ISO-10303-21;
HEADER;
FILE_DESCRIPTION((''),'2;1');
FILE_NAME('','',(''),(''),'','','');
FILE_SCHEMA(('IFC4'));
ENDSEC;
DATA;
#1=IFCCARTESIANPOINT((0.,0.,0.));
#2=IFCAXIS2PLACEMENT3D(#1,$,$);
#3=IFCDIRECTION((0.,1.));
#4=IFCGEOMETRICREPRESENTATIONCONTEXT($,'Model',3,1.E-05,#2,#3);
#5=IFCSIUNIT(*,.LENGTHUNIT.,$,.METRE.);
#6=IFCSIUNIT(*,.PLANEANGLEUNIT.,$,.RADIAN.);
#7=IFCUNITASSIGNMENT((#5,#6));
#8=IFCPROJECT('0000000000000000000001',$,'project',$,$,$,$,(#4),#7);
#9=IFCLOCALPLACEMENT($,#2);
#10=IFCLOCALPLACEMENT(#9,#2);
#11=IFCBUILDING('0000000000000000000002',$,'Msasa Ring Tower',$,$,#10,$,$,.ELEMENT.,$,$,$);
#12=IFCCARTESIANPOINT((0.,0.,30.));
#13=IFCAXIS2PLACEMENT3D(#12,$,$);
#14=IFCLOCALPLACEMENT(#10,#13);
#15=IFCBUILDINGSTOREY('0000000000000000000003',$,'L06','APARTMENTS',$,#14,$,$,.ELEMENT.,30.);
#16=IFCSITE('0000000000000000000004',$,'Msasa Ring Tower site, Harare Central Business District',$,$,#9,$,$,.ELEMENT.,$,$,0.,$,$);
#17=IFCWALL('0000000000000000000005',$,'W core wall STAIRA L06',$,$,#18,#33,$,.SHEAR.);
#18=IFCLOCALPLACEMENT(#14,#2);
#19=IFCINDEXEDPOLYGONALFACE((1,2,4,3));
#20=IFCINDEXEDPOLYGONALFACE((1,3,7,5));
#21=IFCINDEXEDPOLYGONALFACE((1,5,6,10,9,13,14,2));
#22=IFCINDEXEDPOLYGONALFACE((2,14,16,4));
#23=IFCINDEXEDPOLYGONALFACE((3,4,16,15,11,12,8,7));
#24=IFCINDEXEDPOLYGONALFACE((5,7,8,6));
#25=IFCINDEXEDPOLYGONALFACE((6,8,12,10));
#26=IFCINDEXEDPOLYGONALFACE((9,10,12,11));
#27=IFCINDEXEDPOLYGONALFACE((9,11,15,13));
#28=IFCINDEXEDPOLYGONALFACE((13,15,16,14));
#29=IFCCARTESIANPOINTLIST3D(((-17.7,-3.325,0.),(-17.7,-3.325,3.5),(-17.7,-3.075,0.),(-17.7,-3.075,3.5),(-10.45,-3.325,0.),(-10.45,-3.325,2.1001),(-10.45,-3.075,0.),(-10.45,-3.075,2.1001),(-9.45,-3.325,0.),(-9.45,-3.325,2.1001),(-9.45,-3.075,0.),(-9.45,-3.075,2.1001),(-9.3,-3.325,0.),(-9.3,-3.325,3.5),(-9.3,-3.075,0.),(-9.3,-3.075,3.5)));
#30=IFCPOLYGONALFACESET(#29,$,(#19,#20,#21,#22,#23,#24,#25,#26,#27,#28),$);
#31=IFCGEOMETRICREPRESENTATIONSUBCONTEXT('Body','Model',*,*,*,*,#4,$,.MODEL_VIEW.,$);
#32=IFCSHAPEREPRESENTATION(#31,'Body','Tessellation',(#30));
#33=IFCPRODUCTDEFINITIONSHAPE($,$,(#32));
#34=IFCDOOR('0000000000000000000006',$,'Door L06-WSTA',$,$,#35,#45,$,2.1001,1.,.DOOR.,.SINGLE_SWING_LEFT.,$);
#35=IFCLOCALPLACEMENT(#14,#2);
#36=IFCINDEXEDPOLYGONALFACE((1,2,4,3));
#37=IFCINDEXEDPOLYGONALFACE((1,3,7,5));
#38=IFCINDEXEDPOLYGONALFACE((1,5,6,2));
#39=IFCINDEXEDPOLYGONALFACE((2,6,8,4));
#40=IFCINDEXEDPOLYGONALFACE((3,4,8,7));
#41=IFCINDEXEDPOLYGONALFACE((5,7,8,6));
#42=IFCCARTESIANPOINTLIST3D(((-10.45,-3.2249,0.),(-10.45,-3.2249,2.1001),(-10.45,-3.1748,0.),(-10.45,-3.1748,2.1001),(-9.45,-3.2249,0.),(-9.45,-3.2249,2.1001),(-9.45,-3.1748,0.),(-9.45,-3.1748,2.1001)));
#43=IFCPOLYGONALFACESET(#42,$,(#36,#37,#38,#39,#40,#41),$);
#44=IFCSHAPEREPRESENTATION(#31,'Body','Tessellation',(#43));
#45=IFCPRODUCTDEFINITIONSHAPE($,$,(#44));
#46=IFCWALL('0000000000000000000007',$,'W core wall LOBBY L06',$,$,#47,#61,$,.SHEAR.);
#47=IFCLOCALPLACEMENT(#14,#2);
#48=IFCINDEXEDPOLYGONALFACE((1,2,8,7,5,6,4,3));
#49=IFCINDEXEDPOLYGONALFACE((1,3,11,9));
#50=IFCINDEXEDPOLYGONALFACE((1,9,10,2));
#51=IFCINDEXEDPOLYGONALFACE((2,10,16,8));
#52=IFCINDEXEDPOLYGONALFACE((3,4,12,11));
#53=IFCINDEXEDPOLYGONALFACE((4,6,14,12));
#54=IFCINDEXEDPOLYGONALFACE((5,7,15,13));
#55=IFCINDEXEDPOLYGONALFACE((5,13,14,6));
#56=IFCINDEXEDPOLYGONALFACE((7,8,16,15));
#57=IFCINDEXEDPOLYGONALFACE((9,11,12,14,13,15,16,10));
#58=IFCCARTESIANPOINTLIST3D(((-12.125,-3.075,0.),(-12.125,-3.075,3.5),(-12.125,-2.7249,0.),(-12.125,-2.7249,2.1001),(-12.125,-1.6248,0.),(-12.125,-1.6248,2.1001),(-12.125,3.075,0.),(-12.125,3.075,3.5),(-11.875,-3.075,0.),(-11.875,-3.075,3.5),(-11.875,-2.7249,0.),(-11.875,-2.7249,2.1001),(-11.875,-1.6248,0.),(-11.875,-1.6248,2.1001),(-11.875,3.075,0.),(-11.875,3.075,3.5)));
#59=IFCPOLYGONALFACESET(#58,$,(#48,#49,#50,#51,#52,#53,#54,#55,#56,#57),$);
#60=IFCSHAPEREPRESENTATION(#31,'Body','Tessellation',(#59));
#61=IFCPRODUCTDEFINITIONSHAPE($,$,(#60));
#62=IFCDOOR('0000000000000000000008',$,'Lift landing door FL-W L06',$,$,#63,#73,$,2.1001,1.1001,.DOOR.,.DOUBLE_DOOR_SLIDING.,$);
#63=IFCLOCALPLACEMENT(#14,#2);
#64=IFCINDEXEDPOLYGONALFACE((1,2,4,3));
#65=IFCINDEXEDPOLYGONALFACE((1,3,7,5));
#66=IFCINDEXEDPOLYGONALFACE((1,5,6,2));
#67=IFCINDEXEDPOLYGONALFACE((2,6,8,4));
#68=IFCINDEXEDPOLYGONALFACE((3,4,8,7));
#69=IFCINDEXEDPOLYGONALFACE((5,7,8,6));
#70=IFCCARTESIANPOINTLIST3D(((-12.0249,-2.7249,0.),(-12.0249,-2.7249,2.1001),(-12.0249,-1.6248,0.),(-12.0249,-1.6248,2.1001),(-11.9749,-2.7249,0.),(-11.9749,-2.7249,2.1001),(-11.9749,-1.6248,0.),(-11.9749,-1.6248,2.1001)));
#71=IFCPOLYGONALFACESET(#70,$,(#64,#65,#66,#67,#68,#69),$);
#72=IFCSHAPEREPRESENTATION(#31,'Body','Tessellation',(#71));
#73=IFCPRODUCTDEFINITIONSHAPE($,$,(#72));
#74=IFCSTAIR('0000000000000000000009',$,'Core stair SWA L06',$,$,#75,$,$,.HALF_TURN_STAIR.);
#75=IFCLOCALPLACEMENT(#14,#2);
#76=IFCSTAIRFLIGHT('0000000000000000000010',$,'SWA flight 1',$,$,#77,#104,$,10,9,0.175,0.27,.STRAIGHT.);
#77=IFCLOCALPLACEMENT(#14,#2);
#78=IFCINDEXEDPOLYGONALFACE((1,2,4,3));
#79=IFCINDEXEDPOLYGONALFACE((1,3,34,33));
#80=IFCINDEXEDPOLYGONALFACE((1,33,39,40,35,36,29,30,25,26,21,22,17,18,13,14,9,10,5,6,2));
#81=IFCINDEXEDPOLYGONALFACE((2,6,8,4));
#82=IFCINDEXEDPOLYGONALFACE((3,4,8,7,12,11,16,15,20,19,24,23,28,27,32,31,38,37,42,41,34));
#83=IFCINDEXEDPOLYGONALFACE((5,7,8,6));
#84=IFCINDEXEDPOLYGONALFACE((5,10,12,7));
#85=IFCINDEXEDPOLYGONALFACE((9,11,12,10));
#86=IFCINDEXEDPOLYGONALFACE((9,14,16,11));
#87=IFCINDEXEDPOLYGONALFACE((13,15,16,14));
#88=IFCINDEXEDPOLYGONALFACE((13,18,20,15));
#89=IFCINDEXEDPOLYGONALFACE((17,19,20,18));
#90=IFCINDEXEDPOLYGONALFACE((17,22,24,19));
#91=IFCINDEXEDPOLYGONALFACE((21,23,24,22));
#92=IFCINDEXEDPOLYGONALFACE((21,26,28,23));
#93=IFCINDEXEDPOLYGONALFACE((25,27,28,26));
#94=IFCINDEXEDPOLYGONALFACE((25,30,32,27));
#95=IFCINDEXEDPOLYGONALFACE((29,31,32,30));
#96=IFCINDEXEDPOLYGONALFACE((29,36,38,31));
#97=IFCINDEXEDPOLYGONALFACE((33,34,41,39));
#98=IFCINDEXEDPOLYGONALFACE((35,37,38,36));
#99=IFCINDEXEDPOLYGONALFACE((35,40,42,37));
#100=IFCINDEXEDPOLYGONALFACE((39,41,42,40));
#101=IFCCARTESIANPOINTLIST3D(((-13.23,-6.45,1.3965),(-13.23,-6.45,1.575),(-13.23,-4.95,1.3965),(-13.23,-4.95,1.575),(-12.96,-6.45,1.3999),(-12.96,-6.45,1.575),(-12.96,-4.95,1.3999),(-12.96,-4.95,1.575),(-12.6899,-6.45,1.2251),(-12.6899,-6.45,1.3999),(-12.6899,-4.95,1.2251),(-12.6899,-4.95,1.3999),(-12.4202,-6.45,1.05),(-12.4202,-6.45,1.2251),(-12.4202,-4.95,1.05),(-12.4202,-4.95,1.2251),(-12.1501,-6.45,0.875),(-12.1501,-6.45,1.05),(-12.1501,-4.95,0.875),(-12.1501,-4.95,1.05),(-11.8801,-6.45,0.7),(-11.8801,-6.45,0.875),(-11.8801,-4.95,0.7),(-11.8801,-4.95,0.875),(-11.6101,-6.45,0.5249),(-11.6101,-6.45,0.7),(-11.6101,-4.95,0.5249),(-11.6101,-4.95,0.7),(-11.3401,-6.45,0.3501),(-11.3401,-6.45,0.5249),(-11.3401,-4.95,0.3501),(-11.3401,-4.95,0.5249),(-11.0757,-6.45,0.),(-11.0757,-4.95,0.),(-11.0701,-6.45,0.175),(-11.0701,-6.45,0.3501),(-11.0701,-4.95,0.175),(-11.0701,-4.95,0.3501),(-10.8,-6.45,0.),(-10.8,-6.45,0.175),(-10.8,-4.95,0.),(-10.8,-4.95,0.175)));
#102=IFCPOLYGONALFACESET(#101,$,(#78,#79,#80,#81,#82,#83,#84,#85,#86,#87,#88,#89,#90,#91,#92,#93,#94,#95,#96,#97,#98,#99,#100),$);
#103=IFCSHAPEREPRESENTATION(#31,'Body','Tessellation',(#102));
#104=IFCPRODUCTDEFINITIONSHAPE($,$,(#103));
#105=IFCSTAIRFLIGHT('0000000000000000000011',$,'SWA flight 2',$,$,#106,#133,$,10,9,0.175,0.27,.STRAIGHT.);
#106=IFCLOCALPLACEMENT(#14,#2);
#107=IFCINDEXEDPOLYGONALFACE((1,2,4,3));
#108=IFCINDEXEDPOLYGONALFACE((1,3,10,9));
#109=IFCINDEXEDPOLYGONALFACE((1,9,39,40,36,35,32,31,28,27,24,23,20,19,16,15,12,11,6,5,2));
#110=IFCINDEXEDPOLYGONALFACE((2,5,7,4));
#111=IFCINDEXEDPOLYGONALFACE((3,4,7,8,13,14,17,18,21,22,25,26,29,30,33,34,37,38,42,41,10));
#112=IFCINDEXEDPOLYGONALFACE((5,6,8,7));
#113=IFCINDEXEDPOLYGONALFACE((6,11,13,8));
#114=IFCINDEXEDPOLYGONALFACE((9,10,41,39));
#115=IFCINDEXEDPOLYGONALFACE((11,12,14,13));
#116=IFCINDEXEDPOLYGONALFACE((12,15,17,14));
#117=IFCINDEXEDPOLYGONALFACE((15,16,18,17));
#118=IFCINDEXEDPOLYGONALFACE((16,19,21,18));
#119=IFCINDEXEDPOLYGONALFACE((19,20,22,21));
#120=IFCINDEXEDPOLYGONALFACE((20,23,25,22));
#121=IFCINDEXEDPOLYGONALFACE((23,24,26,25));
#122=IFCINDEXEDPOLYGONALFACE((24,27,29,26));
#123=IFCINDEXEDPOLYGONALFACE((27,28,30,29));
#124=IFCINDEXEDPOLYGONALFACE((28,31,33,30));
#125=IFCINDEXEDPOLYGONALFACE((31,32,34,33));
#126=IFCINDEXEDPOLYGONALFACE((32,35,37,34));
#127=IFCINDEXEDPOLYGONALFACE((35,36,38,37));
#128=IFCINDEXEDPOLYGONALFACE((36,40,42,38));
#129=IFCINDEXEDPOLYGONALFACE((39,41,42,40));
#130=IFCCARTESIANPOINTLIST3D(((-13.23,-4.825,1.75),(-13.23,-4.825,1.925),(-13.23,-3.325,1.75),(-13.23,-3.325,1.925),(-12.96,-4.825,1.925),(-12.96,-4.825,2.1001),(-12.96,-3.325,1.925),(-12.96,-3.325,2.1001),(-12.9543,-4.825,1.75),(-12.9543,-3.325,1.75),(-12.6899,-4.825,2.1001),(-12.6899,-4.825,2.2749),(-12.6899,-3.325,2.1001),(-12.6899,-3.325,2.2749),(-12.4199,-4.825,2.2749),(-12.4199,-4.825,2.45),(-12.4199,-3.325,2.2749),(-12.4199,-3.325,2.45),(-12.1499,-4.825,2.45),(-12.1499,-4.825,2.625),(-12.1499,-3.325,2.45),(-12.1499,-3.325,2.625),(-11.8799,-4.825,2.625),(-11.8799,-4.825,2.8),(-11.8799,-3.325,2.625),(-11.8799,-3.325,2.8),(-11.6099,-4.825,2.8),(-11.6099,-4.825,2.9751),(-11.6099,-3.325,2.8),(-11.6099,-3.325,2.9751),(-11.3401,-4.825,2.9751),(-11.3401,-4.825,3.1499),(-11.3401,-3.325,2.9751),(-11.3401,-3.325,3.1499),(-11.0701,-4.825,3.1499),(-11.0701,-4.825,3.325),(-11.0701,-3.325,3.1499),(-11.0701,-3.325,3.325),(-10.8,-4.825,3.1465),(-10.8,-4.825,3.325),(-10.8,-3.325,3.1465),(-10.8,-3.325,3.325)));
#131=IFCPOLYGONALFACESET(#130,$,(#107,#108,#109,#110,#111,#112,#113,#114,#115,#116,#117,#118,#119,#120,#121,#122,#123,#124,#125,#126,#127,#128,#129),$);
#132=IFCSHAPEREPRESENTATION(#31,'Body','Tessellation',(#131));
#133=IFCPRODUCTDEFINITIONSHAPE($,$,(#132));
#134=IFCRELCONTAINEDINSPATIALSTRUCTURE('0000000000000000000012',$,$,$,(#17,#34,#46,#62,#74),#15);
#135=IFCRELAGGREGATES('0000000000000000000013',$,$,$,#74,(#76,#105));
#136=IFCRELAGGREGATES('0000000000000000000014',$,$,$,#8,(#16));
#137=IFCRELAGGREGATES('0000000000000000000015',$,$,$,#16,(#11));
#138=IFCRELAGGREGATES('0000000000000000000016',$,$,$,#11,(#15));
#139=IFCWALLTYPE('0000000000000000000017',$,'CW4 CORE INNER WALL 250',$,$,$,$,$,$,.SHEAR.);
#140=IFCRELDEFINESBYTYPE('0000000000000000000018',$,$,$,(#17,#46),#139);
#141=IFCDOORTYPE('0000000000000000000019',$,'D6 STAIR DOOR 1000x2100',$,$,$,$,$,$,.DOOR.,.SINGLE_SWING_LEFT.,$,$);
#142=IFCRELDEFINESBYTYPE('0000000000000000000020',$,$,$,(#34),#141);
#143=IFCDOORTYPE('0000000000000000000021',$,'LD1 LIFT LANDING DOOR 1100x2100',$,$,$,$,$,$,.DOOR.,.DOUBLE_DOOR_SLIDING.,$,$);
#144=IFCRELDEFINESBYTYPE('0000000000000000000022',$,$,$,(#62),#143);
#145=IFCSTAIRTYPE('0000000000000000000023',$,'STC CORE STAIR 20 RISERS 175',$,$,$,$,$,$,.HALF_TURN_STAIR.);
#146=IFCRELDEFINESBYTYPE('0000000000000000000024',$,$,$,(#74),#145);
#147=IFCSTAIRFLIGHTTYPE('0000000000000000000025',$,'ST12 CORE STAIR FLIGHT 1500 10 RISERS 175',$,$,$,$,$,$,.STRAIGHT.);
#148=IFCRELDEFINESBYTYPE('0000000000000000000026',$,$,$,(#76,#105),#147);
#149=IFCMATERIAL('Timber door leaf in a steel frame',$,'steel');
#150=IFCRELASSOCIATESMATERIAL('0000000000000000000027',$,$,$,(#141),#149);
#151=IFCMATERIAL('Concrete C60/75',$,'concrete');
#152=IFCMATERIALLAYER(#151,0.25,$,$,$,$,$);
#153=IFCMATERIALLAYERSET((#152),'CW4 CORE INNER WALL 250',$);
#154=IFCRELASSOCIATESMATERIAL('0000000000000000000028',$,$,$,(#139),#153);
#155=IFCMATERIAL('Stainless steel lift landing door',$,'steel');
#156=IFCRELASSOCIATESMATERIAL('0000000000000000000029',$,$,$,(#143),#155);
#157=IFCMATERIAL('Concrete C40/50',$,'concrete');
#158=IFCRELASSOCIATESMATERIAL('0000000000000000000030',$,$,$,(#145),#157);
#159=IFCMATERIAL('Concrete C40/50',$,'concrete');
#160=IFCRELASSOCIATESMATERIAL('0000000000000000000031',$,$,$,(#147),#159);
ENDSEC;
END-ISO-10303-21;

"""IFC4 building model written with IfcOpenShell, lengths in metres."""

from ifc_helpers import new_model, si_unit, direction, frame, frame_2d, origin, place, context, subcontext, project, spatial, polyline, rectangle, outline, extrude, material, layer, layer_set, type_object, element, fill, aggregate, save


model = new_model("IFC4")

# Units and contexts
model_context = context("Model", 3, precision=1e-05, world=origin(), true_north=direction((0.0, 1.0)))
body_context = subcontext(model_context, "Body", "Model", "MODEL_VIEW")
ifc_project = project(units=[si_unit("LENGTHUNIT", "METRE"), si_unit("PLANEANGLEUNIT", "RADIAN")], contexts=[model_context])

# Site, building, storey
site_placement = place(None, origin())
site = spatial("IfcSite", under=ifc_project, at=site_placement, Name="Msasa Ring Tower site, Harare Central Business District", CompositionType="ELEMENT", RefElevation=0.0)
building_placement = place(site_placement, origin())
building = spatial("IfcBuilding", under=site, at=building_placement, Name="Msasa Ring Tower", CompositionType="ELEMENT")
storey_placement = place(building_placement, frame((0.0, 0.0, 30.0)))
storey = spatial("IfcBuildingStorey", under=building, at=storey_placement, Name="L06", Description="APARTMENTS", CompositionType="ELEMENT", Elevation=30.0)

# Shared definitions
ifc_material_1 = material(Name="Timber door leaf in a steel frame", Category="steel")
door_type_1 = type_object("IfcDoorType", Name="D6 STAIR DOOR 1000x2100", OperationType="SINGLE_SWING_LEFT", PredefinedType="DOOR", material=ifc_material_1)

# Walls, openings, doors
ifc_material_2 = material(Name="Concrete C60/75", Category="concrete")
ifc_layer_1 = layer(ifc_material_2, 0.25)
ifc_layer_set_1 = layer_set([ifc_layer_1], Name="CW4 CORE INNER WALL 250")
wall_type_1 = type_object("IfcWallType", Name="CW4 CORE INNER WALL 250", PredefinedType="SHEAR", material=ifc_layer_set_1)
wall_1_placement = place(storey_placement, frame((-9.3, -3.2, 0.0), z_axis=(0.0, 0.0, 1.0), x_axis=(-1.0, 0.0, 0.0)))
wall_1 = element("IfcWall", 1, at=wall_1_placement, inside=storey, type_object=wall_type_1, Name="W core wall STAIRA L06", PredefinedType="SHEAR", context=body_context, shape_type="SweptSolid", body=[
    extrude(rectangle(XDim=8.3999, YDim=0.25, at=frame_2d((4.2, 0.0))), origin(), (0.0, 0.0, 1.0), 3.5),
])
opening_1_placement = place(wall_1_placement, frame((0.1499, 0.0, 0.0)))
opening_1 = element("IfcOpeningElement", 2, at=opening_1_placement, cuts=wall_1, PredefinedType="OPENING", context=body_context, shape_type="SweptSolid", body=[
    extrude(rectangle(XDim=1.0, YDim=2.1001, at=frame_2d((0.5, 1.05))), frame((0.0, 0.135, 0.0), z_axis=(0.0, -1.0, 0.0), x_axis=(1.0, 0.0, 0.0)), (0.0, 0.0, 1.0), 0.27),
])
door_1_placement = place(opening_1_placement, origin())
door_1 = element("IfcDoor", 3, at=door_1_placement, inside=storey, type_object=door_type_1, Name="Door L06-WSTA", OperationType="SINGLE_SWING_LEFT", OverallHeight=2.1001, OverallWidth=1.0, PredefinedType="DOOR", context=body_context, shape_type="SweptSolid", body=[
    extrude(rectangle(XDim=1.0, YDim=2.1001, at=frame_2d((0.5, 1.05))), frame((0.0, 0.0249, 0.0), z_axis=(0.0, -1.0, 0.0), x_axis=(1.0, 0.0, 0.0)), (0.0, 0.0, 1.0), 0.05),
])
fill(opening_1, door_1)
wall_2_placement = place(storey_placement, frame((-12.0, -3.075, 0.0), z_axis=(0.0, 0.0, 1.0), x_axis=(0.0, 1.0, 0.0)))
wall_2 = element("IfcWall", 4, at=wall_2_placement, inside=storey, type_object=wall_type_1, Name="W core wall LOBBY L06", PredefinedType="SHEAR", context=body_context, shape_type="SweptSolid", body=[
    extrude(rectangle(XDim=6.1499, YDim=0.25, at=frame_2d((3.075, 0.0))), origin(), (0.0, 0.0, 1.0), 3.5),
])
opening_2_placement = place(wall_2_placement, frame((0.3501, 0.0, 0.0)))
opening_2 = element("IfcOpeningElement", 5, at=opening_2_placement, cuts=wall_2, PredefinedType="OPENING", context=body_context, shape_type="SweptSolid", body=[
    extrude(rectangle(XDim=1.1001, YDim=2.1001, at=frame_2d((0.55, 1.05))), frame((0.0, 0.135, 0.0), z_axis=(0.0, -1.0, 0.0), x_axis=(1.0, 0.0, 0.0)), (0.0, 0.0, 1.0), 0.27),
])
ifc_material_3 = material(Name="Stainless steel lift landing door", Category="steel")
door_type_2 = type_object("IfcDoorType", Name="LD1 LIFT LANDING DOOR 1100x2100", OperationType="DOUBLE_DOOR_SLIDING", PredefinedType="DOOR", material=ifc_material_3)
door_2_placement = place(opening_2_placement, origin())
door_2 = element("IfcDoor", 6, at=door_2_placement, inside=storey, type_object=door_type_2, Name="Lift landing door FL-W L06", OperationType="DOUBLE_DOOR_SLIDING", OverallHeight=2.1001, OverallWidth=1.1001, PredefinedType="DOOR", context=body_context, shape_type="SweptSolid", body=[
    extrude(rectangle(XDim=1.1001, YDim=2.1001, at=frame_2d((0.55, 1.05))), frame((0.0, 0.0249, 0.0), z_axis=(0.0, -1.0, 0.0), x_axis=(1.0, 0.0, 0.0)), (0.0, 0.0, 1.0), 0.05),
])
fill(opening_2, door_2)

# Stair, stair flights
ifc_material_4 = material(Name="Concrete C40/50", Category="concrete")
stair_type = type_object("IfcStairType", Name="STC CORE STAIR 20 RISERS 175", PredefinedType="HALF_TURN_STAIR", material=ifc_material_4)
stair_placement = place(storey_placement, origin())
stair = element("IfcStair", 7, at=stair_placement, inside=storey, type_object=stair_type, Name="Core stair SWA L06", PredefinedType="HALF_TURN_STAIR")
ifc_material_5 = material(Name="Concrete C40/50", Category="concrete")
stair_flight_type = type_object("IfcStairFlightType", Name="ST12 CORE STAIR FLIGHT 1500 10 RISERS 175", PredefinedType="STRAIGHT", material=ifc_material_5)
stair_flight_1_placement = place(storey_placement, frame((-10.8, -5.7, 0.0), z_axis=(0.0, 0.0, 1.0), x_axis=(-1.0, 0.0, 0.0)))
stair_flight_1 = element("IfcStairFlight", 8, at=stair_flight_1_placement, type_object=stair_flight_type, Name="SWA flight 1", NumberOfRisers=10, NumberOfTreads=9, PredefinedType="STRAIGHT", RiserHeight=0.175, TreadLength=0.27, context=body_context, shape_type="SweptSolid", body=[
    extrude(outline(polyline([(0.0, 0.0), (0.0, 0.175), (0.27, 0.175), (0.27, 0.3501), (0.54, 0.3501), (0.54, 0.5249), (0.8101, 0.5249), (0.8101, 0.7), (1.0801, 0.7), (1.0801, 0.875), (1.3501, 0.875), (1.3501, 1.05), (1.6201, 1.05), (1.6201, 1.2251), (1.8899, 1.2251), (1.8899, 1.3999), (2.1599, 1.3999), (2.1599, 1.575), (2.4299, 1.575), (2.4299, 1.75), (2.4299, 1.3965), (0.2756, 0.0), (0.0, 0.0)])), frame((0.0, 0.75, 0.0), z_axis=(0.0, -1.0, 0.0), x_axis=(1.0, 0.0, 0.0)), (0.0, 0.0, 1.0), 1.5),
])
stair_flight_2_placement = place(storey_placement, frame((-13.23, -4.075, 1.75), z_axis=(0.0, 0.0, 1.0), x_axis=(1.0, 0.0, 0.0)))
stair_flight_2 = element("IfcStairFlight", 9, at=stair_flight_2_placement, type_object=stair_flight_type, Name="SWA flight 2", NumberOfRisers=10, NumberOfTreads=9, PredefinedType="STRAIGHT", RiserHeight=0.175, TreadLength=0.27, context=body_context, shape_type="SweptSolid", body=[
    extrude(outline(polyline([(0.0, 0.0), (0.0, 0.175), (0.27, 0.175), (0.27, 0.3501), (0.54, 0.3501), (0.54, 0.5249), (0.8101, 0.5249), (0.8101, 0.7), (1.0801, 0.7), (1.0801, 0.875), (1.3501, 0.875), (1.3501, 1.05), (1.6201, 1.05), (1.6201, 1.2251), (1.8899, 1.2251), (1.8899, 1.3999), (2.1599, 1.3999), (2.1599, 1.575), (2.4299, 1.575), (2.4299, 1.75), (2.4299, 1.3965), (0.2756, 0.0), (0.0, 0.0)])), frame((0.0, 0.75, 0.0), z_axis=(0.0, -1.0, 0.0), x_axis=(1.0, 0.0, 0.0)), (0.0, 0.0, 1.0), 1.5),
])
aggregate(stair, [stair_flight_1, stair_flight_2])

save(model, "model.ifc")
